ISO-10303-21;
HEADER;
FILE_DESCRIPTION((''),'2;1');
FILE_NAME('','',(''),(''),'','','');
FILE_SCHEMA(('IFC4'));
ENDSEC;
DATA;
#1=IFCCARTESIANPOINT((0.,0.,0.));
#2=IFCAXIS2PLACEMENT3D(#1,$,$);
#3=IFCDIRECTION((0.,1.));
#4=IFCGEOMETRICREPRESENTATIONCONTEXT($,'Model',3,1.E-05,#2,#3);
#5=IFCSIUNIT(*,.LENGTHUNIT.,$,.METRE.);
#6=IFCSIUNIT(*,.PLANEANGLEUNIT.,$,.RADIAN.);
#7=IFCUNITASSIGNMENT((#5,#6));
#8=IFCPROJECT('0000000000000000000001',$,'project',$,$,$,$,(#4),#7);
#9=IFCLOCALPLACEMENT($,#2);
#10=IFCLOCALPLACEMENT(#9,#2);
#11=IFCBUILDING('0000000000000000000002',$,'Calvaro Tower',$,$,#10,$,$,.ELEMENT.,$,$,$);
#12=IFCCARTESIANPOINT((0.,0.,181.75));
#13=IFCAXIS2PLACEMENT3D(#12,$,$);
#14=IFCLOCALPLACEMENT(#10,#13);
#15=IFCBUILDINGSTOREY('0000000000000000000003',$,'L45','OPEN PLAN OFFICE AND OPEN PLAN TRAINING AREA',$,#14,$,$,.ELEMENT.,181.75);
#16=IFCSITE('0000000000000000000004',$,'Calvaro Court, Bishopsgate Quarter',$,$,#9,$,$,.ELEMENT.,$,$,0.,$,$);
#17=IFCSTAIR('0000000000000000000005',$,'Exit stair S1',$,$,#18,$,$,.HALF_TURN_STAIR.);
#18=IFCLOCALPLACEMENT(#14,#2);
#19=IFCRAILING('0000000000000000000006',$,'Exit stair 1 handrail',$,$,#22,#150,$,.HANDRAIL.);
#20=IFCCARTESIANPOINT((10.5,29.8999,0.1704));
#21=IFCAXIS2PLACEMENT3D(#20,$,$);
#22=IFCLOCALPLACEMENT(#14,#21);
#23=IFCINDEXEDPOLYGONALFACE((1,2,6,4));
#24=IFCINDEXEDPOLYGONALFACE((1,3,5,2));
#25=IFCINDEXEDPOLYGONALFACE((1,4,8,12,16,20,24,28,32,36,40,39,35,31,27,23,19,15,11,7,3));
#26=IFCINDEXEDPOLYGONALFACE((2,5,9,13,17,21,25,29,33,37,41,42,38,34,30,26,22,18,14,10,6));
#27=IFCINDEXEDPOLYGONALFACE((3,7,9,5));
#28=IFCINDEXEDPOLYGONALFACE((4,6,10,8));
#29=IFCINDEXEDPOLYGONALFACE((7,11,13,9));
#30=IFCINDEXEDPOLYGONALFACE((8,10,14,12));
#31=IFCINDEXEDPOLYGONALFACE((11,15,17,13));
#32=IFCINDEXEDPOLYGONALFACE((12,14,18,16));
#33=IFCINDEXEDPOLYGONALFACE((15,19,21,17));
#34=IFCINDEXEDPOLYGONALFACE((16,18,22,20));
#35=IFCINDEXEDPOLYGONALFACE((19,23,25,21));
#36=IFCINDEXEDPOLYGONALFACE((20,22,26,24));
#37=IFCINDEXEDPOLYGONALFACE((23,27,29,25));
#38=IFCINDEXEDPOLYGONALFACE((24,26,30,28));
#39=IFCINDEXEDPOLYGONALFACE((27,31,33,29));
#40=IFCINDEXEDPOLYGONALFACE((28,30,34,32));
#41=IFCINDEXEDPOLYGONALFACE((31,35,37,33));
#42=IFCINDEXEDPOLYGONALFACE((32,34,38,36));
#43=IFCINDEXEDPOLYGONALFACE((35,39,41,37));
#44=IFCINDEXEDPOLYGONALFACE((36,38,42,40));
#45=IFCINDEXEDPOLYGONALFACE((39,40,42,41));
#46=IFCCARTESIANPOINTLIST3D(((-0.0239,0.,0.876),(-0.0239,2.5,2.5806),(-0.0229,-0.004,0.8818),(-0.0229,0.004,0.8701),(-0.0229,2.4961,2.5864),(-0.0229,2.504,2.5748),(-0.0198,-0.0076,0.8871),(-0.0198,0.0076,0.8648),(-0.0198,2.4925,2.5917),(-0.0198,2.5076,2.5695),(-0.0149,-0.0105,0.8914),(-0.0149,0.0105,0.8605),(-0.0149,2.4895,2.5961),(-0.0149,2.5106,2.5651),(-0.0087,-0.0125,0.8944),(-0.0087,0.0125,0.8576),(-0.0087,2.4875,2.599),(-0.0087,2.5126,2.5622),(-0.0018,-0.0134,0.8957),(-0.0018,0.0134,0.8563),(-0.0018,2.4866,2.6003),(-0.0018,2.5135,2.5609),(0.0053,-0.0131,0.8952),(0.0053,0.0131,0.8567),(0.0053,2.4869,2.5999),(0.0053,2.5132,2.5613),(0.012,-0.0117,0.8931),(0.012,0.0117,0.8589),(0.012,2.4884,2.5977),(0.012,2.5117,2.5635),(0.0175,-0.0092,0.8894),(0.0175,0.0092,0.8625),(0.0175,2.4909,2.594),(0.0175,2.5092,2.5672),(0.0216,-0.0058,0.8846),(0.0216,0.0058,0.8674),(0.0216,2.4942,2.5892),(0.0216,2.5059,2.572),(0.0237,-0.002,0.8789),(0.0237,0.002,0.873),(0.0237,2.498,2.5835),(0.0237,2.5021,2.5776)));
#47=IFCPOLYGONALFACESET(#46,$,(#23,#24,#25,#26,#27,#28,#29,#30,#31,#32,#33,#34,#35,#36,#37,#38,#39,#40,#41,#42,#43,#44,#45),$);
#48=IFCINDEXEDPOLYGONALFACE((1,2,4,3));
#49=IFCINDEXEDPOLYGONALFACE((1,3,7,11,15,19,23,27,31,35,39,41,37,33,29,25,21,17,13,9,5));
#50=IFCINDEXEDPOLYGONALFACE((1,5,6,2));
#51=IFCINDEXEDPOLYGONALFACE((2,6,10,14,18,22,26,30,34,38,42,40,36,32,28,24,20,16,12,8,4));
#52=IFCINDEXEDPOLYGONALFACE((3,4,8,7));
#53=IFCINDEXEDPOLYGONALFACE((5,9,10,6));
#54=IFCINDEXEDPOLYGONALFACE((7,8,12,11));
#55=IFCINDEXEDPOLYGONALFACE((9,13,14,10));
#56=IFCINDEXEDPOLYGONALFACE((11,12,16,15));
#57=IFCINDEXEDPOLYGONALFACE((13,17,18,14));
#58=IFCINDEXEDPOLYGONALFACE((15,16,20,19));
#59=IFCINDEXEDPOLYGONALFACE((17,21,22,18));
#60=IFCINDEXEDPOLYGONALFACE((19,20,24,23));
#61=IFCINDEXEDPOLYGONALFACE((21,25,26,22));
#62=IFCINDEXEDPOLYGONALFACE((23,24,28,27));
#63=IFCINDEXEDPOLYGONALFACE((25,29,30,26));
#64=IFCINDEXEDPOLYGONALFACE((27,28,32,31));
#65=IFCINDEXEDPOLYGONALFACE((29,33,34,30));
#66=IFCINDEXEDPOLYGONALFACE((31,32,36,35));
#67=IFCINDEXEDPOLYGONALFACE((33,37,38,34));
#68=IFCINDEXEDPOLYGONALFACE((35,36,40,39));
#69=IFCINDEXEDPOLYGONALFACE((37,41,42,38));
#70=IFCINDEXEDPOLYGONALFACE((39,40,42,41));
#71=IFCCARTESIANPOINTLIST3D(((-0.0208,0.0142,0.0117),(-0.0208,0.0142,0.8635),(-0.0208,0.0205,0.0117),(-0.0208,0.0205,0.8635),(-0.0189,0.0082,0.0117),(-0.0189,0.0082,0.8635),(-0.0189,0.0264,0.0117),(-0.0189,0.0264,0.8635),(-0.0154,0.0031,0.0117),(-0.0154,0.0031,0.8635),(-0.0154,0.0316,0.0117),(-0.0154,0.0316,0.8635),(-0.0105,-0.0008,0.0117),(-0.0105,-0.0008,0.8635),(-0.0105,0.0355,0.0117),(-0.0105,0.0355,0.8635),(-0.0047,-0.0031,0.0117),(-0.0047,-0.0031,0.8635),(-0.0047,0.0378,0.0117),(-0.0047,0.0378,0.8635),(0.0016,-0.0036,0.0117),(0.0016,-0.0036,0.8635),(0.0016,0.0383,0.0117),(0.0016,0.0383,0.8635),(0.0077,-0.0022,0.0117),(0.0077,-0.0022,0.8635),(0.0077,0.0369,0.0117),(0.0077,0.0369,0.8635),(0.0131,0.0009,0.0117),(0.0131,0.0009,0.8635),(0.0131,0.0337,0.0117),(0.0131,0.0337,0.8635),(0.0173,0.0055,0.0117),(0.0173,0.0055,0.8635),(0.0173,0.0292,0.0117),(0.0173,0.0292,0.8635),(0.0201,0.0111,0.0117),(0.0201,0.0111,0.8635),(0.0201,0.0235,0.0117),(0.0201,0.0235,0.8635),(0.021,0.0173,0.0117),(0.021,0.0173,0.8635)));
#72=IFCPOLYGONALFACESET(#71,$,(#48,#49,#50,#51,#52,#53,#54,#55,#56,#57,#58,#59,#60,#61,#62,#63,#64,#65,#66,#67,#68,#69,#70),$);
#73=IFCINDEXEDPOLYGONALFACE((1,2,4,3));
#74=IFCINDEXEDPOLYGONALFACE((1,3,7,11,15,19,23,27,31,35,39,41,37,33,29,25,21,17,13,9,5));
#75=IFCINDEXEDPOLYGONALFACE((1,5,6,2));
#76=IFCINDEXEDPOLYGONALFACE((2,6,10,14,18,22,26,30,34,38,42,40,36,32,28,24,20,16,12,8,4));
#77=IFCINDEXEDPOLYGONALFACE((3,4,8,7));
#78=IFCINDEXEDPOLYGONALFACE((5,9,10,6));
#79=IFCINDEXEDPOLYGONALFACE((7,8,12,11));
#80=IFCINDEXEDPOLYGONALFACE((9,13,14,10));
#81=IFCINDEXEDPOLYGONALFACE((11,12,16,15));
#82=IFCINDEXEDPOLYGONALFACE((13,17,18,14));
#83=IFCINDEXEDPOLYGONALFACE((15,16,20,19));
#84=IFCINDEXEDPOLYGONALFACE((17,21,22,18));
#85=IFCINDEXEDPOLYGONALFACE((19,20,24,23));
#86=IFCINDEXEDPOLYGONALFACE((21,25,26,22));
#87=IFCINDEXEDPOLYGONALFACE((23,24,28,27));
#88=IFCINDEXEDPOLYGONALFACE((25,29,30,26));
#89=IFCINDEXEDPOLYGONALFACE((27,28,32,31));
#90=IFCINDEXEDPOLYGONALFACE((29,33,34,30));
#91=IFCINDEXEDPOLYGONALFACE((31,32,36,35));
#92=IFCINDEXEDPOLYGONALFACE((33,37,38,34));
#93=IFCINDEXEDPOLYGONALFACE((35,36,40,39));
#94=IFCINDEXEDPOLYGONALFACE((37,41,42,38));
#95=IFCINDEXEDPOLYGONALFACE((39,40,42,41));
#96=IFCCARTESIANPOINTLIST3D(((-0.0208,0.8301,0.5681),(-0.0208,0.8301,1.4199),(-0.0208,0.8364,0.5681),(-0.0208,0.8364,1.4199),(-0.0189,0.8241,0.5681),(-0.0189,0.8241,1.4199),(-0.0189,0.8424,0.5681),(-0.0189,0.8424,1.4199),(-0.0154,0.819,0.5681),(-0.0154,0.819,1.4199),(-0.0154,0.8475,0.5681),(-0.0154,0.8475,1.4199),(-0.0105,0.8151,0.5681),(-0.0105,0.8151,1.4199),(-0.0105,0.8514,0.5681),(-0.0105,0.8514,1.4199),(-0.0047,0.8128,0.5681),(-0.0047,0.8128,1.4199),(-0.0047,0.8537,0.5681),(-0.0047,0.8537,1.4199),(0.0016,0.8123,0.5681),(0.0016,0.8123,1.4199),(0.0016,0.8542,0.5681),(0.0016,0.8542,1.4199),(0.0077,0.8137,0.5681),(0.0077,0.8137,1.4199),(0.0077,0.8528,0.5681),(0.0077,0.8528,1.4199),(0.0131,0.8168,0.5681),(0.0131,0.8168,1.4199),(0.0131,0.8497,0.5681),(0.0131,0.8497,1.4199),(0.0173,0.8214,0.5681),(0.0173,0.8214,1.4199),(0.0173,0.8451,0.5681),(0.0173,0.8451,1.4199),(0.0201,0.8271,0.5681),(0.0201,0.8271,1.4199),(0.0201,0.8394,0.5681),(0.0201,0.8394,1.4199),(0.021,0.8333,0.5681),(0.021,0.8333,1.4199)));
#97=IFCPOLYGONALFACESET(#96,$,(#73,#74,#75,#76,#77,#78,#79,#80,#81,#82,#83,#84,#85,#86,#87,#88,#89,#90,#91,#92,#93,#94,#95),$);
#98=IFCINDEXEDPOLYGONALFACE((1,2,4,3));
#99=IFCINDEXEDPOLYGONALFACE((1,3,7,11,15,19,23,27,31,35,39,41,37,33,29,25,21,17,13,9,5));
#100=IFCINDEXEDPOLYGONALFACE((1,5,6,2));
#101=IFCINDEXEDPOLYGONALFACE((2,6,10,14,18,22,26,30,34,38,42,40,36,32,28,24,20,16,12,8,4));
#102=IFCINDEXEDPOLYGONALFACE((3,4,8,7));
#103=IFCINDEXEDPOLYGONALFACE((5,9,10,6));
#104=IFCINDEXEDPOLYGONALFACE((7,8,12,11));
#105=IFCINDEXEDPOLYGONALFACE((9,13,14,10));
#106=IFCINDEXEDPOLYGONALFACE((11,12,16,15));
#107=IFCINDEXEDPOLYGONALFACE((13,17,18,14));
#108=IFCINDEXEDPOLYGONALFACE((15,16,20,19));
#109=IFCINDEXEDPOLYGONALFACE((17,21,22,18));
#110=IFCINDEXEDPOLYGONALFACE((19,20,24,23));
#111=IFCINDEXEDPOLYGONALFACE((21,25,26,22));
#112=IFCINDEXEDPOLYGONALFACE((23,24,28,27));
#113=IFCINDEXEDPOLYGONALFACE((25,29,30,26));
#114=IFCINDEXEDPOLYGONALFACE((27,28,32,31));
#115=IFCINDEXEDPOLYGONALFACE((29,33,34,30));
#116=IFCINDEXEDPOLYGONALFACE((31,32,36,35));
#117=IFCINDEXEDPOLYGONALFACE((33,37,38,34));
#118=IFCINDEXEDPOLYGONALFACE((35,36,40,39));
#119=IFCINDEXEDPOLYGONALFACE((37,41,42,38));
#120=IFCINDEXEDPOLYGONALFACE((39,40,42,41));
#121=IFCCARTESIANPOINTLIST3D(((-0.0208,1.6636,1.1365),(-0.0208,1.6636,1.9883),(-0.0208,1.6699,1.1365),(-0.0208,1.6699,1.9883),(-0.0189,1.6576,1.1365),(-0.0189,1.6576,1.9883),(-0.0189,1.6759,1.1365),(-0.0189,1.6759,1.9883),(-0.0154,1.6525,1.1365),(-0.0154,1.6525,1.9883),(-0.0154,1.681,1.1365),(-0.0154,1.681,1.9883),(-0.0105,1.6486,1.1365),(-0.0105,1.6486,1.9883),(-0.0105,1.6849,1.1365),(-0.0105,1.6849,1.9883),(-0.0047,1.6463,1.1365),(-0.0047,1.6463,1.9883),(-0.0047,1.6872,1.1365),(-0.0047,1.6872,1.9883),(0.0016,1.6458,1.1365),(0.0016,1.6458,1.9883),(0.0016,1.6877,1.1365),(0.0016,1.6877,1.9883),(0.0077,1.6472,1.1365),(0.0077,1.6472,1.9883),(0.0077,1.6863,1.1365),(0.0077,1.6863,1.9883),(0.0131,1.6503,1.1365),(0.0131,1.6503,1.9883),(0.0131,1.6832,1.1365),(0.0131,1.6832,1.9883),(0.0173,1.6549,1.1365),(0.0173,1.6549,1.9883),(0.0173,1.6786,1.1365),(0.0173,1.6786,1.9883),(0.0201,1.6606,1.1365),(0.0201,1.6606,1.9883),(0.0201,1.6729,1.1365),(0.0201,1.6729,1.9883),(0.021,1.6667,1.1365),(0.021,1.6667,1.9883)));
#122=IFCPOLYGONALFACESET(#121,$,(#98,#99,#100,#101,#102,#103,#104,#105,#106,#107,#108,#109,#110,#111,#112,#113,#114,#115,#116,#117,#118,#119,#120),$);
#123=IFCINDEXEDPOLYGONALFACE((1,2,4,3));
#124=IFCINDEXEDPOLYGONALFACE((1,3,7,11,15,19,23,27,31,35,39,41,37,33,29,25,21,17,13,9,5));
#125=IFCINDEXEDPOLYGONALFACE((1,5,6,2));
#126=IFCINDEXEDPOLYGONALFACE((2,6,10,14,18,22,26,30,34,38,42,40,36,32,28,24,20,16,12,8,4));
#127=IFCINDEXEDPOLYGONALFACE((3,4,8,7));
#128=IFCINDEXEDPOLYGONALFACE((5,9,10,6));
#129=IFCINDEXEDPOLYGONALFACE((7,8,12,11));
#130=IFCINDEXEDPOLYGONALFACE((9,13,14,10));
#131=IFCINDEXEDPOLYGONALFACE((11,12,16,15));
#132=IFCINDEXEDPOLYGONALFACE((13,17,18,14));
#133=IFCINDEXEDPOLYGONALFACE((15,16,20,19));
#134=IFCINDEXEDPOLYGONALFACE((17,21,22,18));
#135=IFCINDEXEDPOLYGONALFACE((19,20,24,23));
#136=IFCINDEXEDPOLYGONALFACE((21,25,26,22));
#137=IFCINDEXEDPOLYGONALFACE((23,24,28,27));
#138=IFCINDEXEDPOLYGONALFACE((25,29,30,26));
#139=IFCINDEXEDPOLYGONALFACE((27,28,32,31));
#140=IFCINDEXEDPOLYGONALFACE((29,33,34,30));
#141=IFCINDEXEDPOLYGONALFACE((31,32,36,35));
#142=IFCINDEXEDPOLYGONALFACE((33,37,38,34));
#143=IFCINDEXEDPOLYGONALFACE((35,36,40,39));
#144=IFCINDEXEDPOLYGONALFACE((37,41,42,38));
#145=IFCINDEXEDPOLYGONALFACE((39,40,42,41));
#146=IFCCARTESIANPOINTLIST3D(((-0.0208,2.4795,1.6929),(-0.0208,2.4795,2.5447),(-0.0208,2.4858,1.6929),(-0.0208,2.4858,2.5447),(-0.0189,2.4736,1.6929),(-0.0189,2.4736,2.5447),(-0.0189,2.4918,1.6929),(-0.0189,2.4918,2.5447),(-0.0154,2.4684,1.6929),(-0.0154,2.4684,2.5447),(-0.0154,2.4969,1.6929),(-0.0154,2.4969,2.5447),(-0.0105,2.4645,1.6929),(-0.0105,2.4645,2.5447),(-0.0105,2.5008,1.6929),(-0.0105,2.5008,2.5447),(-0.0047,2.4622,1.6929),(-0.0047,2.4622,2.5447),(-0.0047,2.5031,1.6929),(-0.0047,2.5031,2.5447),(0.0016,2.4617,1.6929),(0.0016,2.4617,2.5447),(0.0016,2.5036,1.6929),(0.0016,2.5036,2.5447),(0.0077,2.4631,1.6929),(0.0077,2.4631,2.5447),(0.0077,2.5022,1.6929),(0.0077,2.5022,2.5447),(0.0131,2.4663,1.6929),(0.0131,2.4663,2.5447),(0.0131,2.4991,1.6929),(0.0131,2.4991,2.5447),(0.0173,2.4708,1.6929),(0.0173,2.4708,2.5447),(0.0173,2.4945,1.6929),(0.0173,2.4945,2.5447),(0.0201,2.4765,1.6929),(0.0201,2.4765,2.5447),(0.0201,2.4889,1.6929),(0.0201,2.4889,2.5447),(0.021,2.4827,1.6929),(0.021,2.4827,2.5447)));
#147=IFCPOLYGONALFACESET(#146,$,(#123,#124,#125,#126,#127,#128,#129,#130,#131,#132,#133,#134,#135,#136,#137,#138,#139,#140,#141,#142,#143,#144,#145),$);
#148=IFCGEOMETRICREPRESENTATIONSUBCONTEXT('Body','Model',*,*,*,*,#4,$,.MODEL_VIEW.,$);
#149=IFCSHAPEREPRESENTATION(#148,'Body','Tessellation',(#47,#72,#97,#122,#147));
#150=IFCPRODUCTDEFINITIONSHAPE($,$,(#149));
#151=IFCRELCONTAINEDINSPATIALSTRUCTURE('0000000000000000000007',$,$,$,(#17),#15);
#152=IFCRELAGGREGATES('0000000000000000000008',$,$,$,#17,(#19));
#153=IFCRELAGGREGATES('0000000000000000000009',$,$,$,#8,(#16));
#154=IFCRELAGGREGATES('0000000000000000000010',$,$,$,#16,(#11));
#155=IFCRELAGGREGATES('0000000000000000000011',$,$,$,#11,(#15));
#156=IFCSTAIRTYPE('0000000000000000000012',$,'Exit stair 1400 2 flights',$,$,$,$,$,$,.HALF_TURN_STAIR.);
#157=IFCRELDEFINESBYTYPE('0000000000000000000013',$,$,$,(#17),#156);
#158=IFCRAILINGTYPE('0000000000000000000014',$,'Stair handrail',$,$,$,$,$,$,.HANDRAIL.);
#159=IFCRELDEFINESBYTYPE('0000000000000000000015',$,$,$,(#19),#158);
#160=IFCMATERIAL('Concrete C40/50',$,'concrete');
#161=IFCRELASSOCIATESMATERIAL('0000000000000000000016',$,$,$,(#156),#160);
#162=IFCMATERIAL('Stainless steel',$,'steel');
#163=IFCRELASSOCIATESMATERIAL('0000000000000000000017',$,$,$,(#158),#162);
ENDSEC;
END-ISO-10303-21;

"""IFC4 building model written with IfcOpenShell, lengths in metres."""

from ifc_helpers import new_model, si_unit, direction, frame, origin, origin_2d, place, context, subcontext, project, spatial, circle, extrude, material, type_object, element, aggregate, save


model = new_model("IFC4")

# Units and contexts
model_context = context("Model", 3, precision=1e-05, world=origin(), true_north=direction((0.0, 1.0)))
body_context = subcontext(model_context, "Body", "Model", "MODEL_VIEW")
ifc_project = project(units=[si_unit("LENGTHUNIT", "METRE"), si_unit("PLANEANGLEUNIT", "RADIAN")], contexts=[model_context])

# Site, building, storey
site_placement = place(None, origin())
site = spatial("IfcSite", under=ifc_project, at=site_placement, Name="Calvaro Court, Bishopsgate Quarter", CompositionType="ELEMENT", RefElevation=0.0)
building_placement = place(site_placement, origin())
building = spatial("IfcBuilding", under=site, at=building_placement, Name="Calvaro Tower", CompositionType="ELEMENT")
storey_placement = place(building_placement, frame((0.0, 0.0, 181.75)))
storey = spatial("IfcBuildingStorey", under=building, at=storey_placement, Name="L45", Description="OPEN PLAN OFFICE AND OPEN PLAN TRAINING AREA", CompositionType="ELEMENT", Elevation=181.75)

# Stair, railing
ifc_material_1 = material(Name="Concrete C40/50", Category="concrete")
stair_type = type_object("IfcStairType", Name="Exit stair 1400 2 flights", PredefinedType="HALF_TURN_STAIR", material=ifc_material_1)
stair_placement = place(storey_placement, origin())
stair = element("IfcStair", 1, at=stair_placement, inside=storey, type_object=stair_type, Name="Exit stair S1", PredefinedType="HALF_TURN_STAIR")
ifc_material_2 = material(Name="Stainless steel", Category="steel")
railing_type = type_object("IfcRailingType", Name="Stair handrail", PredefinedType="HANDRAIL", material=ifc_material_2)
railing_1_placement = place(storey_placement, frame((10.5, 29.8999, 0.1704)))
railing_1 = element("IfcRailing", 2, at=railing_1_placement, type_object=railing_type, Name="Exit stair 1 handrail", PredefinedType="HANDRAIL", context=body_context, shape_type="SweptSolid", body=[
    extrude(circle(Radius=0.0239, at=origin_2d()), frame((0.0, 0.0, 0.876), z_axis=(0.0, 0.826221, 0.563347), x_axis=(-1.0, 0.0, 0.0)), (0.0, 0.0, 1.0), 3.0259),
    extrude(circle(Radius=0.021, at=origin_2d()), frame((0.0, 0.0173, 0.0117)), (0.0, 0.0, 1.0), 0.8518),
    extrude(circle(Radius=0.021, at=origin_2d()), frame((0.0, 0.8333, 0.5681)), (0.0, 0.0, 1.0), 0.8518),
    extrude(circle(Radius=0.021, at=origin_2d()), frame((0.0, 1.6667, 1.1365)), (0.0, 0.0, 1.0), 0.8518),
    extrude(circle(Radius=0.021, at=origin_2d()), frame((0.0, 2.4827, 1.6929)), (0.0, 0.0, 1.0), 0.8518),
])
aggregate(stair, [railing_1])

save(model, "model.ifc")
